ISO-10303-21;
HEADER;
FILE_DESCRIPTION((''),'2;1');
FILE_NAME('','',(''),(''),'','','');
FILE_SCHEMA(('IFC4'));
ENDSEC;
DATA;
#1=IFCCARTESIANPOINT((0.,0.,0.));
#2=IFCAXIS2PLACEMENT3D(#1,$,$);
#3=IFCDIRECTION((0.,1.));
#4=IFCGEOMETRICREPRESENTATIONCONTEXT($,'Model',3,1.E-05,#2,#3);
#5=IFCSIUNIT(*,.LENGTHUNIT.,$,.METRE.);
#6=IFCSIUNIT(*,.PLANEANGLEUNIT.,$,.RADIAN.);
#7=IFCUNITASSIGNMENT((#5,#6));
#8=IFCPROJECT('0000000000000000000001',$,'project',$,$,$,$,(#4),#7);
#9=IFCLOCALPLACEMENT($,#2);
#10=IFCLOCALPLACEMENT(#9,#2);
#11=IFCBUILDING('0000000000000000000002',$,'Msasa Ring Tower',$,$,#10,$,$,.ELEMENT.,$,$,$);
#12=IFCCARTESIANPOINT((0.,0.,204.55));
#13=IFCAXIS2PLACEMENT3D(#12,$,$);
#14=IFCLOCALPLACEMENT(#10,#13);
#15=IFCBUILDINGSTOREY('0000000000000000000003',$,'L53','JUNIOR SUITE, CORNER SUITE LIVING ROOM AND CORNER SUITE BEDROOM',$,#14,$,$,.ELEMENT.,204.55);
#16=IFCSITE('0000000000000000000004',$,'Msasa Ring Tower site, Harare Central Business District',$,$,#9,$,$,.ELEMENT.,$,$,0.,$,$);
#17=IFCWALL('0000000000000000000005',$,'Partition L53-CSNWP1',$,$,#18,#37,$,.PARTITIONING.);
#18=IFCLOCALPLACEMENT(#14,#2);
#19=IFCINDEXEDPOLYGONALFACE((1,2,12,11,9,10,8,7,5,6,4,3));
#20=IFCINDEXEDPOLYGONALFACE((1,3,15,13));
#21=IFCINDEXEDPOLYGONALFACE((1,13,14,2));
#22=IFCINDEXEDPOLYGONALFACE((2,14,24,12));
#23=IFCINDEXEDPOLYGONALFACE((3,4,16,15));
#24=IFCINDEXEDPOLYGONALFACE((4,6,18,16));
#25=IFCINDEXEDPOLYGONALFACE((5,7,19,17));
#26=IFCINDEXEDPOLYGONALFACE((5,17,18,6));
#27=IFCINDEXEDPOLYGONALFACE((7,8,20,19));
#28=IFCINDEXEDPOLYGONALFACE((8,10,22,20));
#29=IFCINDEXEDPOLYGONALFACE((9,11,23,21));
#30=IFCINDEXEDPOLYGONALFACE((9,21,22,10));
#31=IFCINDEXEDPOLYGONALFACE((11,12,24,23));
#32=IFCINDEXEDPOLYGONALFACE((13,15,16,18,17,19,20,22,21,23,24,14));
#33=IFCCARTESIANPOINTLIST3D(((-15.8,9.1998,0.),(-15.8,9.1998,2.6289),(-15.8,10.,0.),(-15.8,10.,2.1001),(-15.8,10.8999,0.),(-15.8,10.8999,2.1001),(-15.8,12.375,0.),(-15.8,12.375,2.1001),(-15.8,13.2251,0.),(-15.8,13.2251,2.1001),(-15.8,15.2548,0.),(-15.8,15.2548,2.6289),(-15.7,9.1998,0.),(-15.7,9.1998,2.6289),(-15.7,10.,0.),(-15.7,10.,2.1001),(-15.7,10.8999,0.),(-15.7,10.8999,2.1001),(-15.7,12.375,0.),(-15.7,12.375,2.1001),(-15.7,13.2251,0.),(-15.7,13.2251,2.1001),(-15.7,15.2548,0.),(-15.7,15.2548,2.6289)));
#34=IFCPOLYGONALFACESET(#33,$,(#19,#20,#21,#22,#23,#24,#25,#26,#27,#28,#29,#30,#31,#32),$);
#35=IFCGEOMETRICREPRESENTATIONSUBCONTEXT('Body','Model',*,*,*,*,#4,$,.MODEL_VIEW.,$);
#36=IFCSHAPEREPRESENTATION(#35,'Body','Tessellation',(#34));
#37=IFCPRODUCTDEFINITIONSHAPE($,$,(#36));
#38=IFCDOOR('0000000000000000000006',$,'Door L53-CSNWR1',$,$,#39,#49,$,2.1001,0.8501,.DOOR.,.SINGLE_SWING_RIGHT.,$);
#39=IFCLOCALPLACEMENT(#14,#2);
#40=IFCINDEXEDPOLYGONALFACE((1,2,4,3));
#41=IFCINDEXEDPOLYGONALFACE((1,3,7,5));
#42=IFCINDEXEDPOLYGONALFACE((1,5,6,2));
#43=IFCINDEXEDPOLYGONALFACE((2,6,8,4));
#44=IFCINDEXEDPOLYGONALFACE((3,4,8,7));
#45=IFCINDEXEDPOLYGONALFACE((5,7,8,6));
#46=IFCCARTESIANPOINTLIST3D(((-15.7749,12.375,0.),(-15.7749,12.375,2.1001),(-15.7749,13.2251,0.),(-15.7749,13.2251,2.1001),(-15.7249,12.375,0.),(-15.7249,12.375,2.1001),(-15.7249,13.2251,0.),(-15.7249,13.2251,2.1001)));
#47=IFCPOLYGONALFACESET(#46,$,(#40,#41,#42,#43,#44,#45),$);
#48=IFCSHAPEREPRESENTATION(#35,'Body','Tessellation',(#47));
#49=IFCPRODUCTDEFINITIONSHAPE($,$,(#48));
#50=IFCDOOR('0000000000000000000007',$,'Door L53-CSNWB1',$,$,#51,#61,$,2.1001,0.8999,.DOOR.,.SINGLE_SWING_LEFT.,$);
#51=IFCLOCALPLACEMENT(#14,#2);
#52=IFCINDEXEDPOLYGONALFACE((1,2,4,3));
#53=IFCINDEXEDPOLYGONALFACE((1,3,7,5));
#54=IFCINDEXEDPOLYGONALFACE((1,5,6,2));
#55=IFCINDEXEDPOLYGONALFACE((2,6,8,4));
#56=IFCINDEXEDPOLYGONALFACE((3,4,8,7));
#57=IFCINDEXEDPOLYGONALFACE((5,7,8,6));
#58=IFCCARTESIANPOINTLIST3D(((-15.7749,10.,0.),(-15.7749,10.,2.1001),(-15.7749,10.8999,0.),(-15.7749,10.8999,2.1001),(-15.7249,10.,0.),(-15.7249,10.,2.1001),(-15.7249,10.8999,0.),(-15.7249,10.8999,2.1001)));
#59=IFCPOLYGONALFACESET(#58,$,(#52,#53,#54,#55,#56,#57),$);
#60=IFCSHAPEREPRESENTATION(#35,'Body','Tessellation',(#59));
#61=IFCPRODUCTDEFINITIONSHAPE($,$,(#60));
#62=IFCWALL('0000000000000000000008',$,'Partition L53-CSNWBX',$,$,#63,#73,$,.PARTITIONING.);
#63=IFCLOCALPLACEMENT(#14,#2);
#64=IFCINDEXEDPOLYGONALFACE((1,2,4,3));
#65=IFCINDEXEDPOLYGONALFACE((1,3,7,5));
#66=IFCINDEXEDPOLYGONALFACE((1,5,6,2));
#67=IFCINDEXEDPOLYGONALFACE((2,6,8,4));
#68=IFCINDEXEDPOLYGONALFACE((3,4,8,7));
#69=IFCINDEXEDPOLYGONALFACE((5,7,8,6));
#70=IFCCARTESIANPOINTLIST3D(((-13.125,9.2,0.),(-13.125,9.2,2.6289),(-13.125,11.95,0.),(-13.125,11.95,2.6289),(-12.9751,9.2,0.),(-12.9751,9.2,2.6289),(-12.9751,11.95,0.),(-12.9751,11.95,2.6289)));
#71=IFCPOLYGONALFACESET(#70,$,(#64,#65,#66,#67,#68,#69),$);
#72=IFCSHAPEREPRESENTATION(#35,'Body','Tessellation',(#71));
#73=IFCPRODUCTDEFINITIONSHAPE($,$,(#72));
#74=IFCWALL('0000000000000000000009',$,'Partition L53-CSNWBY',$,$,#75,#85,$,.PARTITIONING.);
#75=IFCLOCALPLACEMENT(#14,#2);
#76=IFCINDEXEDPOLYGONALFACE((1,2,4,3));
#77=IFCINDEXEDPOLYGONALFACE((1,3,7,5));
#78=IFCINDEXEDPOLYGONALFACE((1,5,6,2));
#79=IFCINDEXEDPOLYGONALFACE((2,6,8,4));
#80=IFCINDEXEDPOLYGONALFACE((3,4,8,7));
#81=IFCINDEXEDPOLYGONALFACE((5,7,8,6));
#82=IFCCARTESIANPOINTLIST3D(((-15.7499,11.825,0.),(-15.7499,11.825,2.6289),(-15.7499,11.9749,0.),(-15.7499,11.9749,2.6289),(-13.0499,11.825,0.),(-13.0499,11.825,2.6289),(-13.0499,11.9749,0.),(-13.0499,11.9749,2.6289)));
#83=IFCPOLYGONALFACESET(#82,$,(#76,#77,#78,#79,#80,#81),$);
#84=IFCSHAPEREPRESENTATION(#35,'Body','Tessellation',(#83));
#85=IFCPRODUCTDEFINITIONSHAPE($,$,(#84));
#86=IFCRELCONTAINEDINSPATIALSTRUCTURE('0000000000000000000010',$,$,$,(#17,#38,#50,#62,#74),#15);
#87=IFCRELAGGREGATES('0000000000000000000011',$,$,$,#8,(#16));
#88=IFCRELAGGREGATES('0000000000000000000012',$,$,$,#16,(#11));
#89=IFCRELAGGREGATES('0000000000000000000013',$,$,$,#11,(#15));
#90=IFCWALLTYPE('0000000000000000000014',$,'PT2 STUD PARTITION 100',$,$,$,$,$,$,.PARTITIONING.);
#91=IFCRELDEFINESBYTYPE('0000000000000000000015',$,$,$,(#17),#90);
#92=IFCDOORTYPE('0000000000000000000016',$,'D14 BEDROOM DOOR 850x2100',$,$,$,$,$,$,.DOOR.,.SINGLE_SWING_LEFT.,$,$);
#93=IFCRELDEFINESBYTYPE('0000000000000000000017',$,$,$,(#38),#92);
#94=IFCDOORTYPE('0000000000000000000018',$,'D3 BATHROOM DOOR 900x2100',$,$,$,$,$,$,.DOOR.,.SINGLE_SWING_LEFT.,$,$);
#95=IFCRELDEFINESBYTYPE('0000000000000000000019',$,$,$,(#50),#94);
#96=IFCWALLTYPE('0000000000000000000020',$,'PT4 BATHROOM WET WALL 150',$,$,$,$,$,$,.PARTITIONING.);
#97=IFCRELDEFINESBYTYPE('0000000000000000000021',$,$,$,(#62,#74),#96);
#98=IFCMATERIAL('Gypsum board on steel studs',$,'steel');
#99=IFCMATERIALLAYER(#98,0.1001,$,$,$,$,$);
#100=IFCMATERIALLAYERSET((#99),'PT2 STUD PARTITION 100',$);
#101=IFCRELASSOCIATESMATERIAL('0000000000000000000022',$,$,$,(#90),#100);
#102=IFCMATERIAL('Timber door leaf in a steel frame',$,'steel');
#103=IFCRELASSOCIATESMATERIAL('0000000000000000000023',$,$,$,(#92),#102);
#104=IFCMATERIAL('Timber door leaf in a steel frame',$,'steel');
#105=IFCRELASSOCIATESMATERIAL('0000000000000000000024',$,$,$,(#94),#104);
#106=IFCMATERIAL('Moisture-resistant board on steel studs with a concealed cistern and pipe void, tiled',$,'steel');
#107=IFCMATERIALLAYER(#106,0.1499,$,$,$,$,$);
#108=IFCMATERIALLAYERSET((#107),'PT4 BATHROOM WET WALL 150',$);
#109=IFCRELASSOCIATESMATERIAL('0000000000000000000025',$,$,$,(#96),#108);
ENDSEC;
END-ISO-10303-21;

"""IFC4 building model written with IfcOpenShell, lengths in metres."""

from ifc_helpers import new_model, si_unit, direction, frame, frame_2d, origin, place, context, subcontext, project, spatial, rectangle, extrude, material, layer, layer_set, type_object, element, fill, save


model = new_model("IFC4")

# Units and contexts
model_context = context("Model", 3, precision=1e-05, world=origin(), true_north=direction((0.0, 1.0)))
body_context = subcontext(model_context, "Body", "Model", "MODEL_VIEW")
ifc_project = project(units=[si_unit("LENGTHUNIT", "METRE"), si_unit("PLANEANGLEUNIT", "RADIAN")], contexts=[model_context])

# Site, building, storey
site_placement = place(None, origin())
site = spatial("IfcSite", under=ifc_project, at=site_placement, Name="Msasa Ring Tower site, Harare Central Business District", CompositionType="ELEMENT", RefElevation=0.0)
building_placement = place(site_placement, origin())
building = spatial("IfcBuilding", under=site, at=building_placement, Name="Msasa Ring Tower", CompositionType="ELEMENT")
storey_placement = place(building_placement, frame((0.0, 0.0, 204.55)))
storey = spatial("IfcBuildingStorey", under=building, at=storey_placement, Name="L53", Description="JUNIOR SUITE, CORNER SUITE LIVING ROOM AND CORNER SUITE BEDROOM", CompositionType="ELEMENT", Elevation=204.55)

# Wall, openings, doors
ifc_material_1 = material(Name="Gypsum board on steel studs", Category="steel")
ifc_layer_1 = layer(ifc_material_1, 0.1001)
ifc_layer_set_1 = layer_set([ifc_layer_1], Name="PT2 STUD PARTITION 100")
wall_type_1 = type_object("IfcWallType", Name="PT2 STUD PARTITION 100", PredefinedType="PARTITIONING", material=ifc_layer_set_1)
wall_1_placement = place(storey_placement, frame((-15.75, 9.2, 0.0), z_axis=(0.0, 0.0, 1.0), x_axis=(0.0, 1.0, 0.0)))
wall_1 = element("IfcWall", 1, at=wall_1_placement, inside=storey, type_object=wall_type_1, Name="Partition L53-CSNWP1", PredefinedType="PARTITIONING", context=body_context, shape_type="SweptSolid", body=[
    extrude(rectangle(XDim=6.0549, YDim=0.1001, at=frame_2d((3.0273, 0.0))), origin(), (0.0, 0.0, 1.0), 2.6289),
])
opening_1_placement = place(wall_1_placement, frame((3.175, 0.0, 0.0)))
opening_1 = element("IfcOpeningElement", 2, at=opening_1_placement, cuts=wall_1, PredefinedType="OPENING", context=body_context, shape_type="SweptSolid", body=[
    extrude(rectangle(XDim=0.8501, YDim=2.1001, at=frame_2d((0.425, 1.05))), frame((0.0, 0.0601, 0.0), z_axis=(0.0, -1.0, 0.0), x_axis=(1.0, 0.0, 0.0)), (0.0, 0.0, 1.0), 0.1201),
])
opening_2_placement = place(wall_1_placement, frame((0.8, 0.0, 0.0)))
opening_2 = element("IfcOpeningElement", 3, at=opening_2_placement, cuts=wall_1, PredefinedType="OPENING", context=body_context, shape_type="SweptSolid", body=[
    extrude(rectangle(XDim=0.8999, YDim=2.1001, at=frame_2d((0.45, 1.05))), frame((0.0, 0.0601, 0.0), z_axis=(0.0, -1.0, 0.0), x_axis=(1.0, 0.0, 0.0)), (0.0, 0.0, 1.0), 0.1201),
])
ifc_material_2 = material(Name="Timber door leaf in a steel frame", Category="steel")
door_type_1 = type_object("IfcDoorType", Name="D14 BEDROOM DOOR 850x2100", OperationType="SINGLE_SWING_LEFT", PredefinedType="DOOR", material=ifc_material_2)
door_1_placement = place(opening_1_placement, origin())
door_1 = element("IfcDoor", 4, at=door_1_placement, inside=storey, type_object=door_type_1, Name="Door L53-CSNWR1", OperationType="SINGLE_SWING_RIGHT", OverallHeight=2.1001, OverallWidth=0.8501, PredefinedType="DOOR", context=body_context, shape_type="SweptSolid", body=[
    extrude(rectangle(XDim=0.8501, YDim=2.1001, at=frame_2d((0.425, 1.05))), frame((0.0, 0.0249, 0.0), z_axis=(0.0, -1.0, 0.0), x_axis=(1.0, 0.0, 0.0)), (0.0, 0.0, 1.0), 0.05),
])
fill(opening_1, door_1)
ifc_material_3 = material(Name="Timber door leaf in a steel frame", Category="steel")
door_type_2 = type_object("IfcDoorType", Name="D3 BATHROOM DOOR 900x2100", OperationType="SINGLE_SWING_LEFT", PredefinedType="DOOR", material=ifc_material_3)
door_2_placement = place(opening_2_placement, origin())
door_2 = element("IfcDoor", 5, at=door_2_placement, inside=storey, type_object=door_type_2, Name="Door L53-CSNWB1", OperationType="SINGLE_SWING_LEFT", OverallHeight=2.1001, OverallWidth=0.8999, PredefinedType="DOOR", context=body_context, shape_type="SweptSolid", body=[
    extrude(rectangle(XDim=0.8999, YDim=2.1001, at=frame_2d((0.45, 1.05))), frame((0.0, 0.0249, 0.0), z_axis=(0.0, -1.0, 0.0), x_axis=(1.0, 0.0, 0.0)), (0.0, 0.0, 1.0), 0.05),
])
fill(opening_2, door_2)

# Walls
ifc_material_4 = material(Name="Moisture-resistant board on steel studs with a concealed cistern and pipe void, tiled", Category="steel")
ifc_layer_2 = layer(ifc_material_4, 0.1499)
ifc_layer_set_2 = layer_set([ifc_layer_2], Name="PT4 BATHROOM WET WALL 150")
wall_type_2 = type_object("IfcWallType", Name="PT4 BATHROOM WET WALL 150", PredefinedType="PARTITIONING", material=ifc_layer_set_2)
wall_2_placement = place(storey_placement, frame((-13.05, 9.2, 0.0), z_axis=(0.0, 0.0, 1.0), x_axis=(0.0, 1.0, 0.0)))
element("IfcWall", 6, at=wall_2_placement, inside=storey, type_object=wall_type_2, Name="Partition L53-CSNWBX", PredefinedType="PARTITIONING", context=body_context, shape_type="SweptSolid", body=[
    extrude(rectangle(XDim=2.75, YDim=0.1499, at=frame_2d((1.375, 0.0))), origin(), (0.0, 0.0, 1.0), 2.6289),
])
wall_3_placement = place(storey_placement, frame((-15.75, 11.8999, 0.0), z_axis=(0.0, 0.0, 1.0), x_axis=(1.0, 0.0, 0.0)))
element("IfcWall", 7, at=wall_3_placement, inside=storey, type_object=wall_type_2, Name="Partition L53-CSNWBY", PredefinedType="PARTITIONING", context=body_context, shape_type="SweptSolid", body=[
    extrude(rectangle(XDim=2.7, YDim=0.1499, at=frame_2d((1.3501, 0.0))), origin(), (0.0, 0.0, 1.0), 2.6289),
])

save(model, "model.ifc")
